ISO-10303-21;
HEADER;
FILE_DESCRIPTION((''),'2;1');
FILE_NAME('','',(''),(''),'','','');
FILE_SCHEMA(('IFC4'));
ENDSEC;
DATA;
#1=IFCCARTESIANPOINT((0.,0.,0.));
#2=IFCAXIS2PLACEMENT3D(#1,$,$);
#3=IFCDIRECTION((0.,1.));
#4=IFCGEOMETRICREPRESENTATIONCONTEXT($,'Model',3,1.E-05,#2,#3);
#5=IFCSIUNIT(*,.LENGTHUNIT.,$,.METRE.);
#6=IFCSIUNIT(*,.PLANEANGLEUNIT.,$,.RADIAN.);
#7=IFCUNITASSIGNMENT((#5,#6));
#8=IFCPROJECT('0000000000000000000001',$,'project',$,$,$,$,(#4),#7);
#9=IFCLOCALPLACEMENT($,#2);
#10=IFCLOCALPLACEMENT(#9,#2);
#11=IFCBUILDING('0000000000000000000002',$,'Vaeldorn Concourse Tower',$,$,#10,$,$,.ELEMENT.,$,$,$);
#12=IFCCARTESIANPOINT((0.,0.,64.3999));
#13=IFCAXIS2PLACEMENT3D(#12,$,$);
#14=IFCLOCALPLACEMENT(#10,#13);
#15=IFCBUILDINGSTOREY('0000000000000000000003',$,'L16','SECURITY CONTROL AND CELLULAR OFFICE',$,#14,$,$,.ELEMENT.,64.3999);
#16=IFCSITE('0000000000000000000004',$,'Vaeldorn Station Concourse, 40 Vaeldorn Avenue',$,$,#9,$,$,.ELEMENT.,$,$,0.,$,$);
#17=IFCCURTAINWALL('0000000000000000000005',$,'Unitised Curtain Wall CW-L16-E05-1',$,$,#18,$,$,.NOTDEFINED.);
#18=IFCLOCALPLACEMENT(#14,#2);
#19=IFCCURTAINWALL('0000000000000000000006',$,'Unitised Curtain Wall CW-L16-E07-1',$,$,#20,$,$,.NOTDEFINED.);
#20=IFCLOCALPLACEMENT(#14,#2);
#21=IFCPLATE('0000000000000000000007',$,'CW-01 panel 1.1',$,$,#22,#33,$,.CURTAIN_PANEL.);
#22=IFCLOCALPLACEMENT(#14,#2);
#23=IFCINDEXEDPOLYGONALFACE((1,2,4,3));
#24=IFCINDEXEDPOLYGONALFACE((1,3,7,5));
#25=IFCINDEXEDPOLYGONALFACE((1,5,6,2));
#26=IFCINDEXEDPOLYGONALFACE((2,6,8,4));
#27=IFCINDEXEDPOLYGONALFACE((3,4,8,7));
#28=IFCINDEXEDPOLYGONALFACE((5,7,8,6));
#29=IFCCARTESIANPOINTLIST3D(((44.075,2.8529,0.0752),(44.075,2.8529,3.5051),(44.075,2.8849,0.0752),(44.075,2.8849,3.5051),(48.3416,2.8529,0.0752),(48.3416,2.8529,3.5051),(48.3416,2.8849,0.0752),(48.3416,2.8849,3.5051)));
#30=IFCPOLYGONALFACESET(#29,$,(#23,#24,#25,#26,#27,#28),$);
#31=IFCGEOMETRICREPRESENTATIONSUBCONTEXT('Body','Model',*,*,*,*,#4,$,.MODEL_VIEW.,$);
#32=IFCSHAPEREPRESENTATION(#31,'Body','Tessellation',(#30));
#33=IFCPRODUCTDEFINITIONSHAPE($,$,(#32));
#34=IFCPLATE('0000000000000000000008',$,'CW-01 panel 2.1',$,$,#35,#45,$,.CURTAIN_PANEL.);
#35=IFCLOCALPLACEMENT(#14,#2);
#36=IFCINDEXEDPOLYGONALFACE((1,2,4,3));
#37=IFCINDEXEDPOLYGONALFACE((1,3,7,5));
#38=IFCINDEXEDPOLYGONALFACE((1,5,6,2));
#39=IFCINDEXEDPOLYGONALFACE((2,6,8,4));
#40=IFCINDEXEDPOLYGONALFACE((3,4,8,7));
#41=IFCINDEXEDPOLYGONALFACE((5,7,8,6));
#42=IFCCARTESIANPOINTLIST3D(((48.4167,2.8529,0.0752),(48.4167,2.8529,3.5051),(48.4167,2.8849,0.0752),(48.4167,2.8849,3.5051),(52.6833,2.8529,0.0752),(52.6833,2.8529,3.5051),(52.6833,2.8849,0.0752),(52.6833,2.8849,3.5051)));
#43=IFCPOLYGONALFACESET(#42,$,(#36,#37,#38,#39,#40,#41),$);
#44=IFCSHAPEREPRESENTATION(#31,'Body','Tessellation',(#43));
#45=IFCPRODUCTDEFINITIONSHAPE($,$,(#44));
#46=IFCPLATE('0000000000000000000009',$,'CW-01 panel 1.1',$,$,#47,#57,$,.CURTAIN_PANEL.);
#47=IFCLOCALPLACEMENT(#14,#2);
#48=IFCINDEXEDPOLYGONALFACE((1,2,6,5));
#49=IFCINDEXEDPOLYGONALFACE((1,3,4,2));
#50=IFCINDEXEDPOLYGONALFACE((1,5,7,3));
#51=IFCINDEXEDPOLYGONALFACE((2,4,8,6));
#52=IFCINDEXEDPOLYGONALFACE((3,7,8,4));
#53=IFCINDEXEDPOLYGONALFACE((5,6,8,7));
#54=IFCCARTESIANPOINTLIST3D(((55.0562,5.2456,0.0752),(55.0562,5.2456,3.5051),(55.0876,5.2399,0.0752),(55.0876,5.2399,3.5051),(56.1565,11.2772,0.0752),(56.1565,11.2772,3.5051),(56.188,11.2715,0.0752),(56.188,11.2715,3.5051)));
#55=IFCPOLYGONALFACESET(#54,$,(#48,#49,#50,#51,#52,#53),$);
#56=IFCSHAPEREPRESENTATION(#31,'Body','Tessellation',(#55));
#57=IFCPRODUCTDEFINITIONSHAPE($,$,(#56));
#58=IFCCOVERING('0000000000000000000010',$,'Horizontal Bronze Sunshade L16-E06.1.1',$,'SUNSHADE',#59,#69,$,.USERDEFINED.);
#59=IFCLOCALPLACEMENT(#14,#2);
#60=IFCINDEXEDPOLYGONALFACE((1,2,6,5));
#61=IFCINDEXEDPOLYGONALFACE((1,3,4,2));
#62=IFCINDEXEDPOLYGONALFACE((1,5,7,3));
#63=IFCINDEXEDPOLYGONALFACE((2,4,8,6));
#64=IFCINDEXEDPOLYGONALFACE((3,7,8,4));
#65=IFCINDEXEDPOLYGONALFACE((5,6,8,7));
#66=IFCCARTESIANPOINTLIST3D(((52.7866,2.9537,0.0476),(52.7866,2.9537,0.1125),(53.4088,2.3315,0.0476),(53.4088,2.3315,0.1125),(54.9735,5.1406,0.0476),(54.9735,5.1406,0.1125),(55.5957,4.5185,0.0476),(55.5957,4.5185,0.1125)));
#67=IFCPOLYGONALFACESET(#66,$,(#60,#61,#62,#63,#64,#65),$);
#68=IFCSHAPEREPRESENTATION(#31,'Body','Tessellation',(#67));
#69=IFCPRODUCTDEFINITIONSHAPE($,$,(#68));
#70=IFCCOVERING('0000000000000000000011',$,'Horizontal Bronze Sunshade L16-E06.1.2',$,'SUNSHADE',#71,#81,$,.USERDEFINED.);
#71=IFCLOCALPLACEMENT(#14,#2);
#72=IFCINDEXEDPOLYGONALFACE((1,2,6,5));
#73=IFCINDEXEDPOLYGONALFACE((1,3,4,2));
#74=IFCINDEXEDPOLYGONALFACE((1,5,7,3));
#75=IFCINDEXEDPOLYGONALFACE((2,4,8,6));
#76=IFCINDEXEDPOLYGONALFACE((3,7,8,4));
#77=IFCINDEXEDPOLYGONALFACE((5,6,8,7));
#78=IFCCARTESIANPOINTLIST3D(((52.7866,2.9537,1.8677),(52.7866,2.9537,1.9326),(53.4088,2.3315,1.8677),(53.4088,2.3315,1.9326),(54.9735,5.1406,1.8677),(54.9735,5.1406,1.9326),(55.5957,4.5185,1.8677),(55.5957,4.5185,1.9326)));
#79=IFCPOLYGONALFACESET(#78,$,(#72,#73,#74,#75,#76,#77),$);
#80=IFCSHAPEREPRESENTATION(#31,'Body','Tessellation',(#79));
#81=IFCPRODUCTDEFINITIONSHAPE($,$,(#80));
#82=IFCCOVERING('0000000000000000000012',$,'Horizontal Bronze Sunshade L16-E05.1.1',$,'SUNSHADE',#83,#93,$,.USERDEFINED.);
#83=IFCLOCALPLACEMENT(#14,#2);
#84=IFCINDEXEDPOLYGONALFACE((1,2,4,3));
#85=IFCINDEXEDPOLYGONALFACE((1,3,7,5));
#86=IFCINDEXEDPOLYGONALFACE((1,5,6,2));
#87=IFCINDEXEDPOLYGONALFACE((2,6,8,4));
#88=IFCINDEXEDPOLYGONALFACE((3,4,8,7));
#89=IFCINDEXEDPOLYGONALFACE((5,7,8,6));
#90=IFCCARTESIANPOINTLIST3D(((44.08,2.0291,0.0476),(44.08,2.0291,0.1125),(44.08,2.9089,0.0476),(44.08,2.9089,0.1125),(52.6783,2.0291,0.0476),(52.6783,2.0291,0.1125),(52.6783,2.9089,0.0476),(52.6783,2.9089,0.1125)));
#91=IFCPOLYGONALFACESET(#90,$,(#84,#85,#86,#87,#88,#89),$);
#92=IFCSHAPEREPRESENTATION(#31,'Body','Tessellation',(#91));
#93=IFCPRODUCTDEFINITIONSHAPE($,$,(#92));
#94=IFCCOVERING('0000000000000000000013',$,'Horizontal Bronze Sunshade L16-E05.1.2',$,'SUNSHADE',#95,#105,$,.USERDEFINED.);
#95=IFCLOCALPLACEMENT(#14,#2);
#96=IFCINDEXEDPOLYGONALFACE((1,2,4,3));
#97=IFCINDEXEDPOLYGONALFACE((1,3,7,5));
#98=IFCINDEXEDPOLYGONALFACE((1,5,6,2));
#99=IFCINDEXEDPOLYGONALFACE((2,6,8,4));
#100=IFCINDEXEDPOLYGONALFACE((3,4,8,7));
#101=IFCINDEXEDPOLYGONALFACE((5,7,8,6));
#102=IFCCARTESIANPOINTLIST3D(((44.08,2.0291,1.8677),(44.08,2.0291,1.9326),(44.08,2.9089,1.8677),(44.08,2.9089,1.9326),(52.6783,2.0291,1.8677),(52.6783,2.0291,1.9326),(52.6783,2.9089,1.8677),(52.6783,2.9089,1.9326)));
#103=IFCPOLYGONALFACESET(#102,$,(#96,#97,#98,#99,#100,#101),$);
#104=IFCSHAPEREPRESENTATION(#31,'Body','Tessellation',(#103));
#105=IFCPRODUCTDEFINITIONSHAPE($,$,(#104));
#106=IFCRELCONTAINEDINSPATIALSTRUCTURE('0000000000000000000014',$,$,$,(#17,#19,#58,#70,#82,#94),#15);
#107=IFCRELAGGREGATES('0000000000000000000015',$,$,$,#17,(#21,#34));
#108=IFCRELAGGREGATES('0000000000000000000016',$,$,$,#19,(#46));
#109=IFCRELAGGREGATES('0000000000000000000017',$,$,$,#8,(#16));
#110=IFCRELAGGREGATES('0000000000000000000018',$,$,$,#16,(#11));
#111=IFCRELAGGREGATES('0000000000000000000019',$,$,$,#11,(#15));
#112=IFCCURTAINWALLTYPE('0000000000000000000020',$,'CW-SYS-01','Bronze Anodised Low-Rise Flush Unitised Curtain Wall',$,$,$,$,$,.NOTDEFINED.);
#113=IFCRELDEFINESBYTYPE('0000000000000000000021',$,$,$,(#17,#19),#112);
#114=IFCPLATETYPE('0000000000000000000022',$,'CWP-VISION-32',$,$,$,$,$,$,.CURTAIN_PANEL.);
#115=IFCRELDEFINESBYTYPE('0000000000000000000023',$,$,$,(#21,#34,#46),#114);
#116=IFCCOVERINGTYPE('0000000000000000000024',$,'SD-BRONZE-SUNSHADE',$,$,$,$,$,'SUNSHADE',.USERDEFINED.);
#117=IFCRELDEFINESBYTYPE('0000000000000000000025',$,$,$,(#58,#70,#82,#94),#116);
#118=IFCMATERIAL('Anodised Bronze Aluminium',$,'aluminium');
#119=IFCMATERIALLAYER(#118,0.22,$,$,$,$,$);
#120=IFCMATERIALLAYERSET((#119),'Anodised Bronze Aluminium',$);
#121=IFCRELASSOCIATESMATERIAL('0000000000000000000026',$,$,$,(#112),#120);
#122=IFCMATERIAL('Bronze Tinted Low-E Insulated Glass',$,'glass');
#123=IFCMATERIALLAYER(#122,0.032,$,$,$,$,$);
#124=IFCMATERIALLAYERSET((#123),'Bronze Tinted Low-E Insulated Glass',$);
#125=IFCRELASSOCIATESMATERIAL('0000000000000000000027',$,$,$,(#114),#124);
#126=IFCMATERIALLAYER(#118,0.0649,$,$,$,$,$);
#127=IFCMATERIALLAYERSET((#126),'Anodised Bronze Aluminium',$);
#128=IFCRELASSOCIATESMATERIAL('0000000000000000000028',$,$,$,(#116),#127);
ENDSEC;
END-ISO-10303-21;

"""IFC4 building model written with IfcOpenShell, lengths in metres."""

from ifc_helpers import new_model, si_unit, direction, frame, origin, origin_2d, place, context, subcontext, project, spatial, rectangle, extrude, source, transform, mapped, material, layer, layer_set, type_object, element, aggregate, save


model = new_model("IFC4")

# Units and contexts
model_context = context("Model", 3, precision=1e-05, world=origin(), true_north=direction((0.0, 1.0)))
body_context = subcontext(model_context, "Body", "Model", "MODEL_VIEW")
ifc_project = project(units=[si_unit("LENGTHUNIT", "METRE"), si_unit("PLANEANGLEUNIT", "RADIAN")], contexts=[model_context])

# Site, building, storey
site_placement = place(None, origin())
site = spatial("IfcSite", under=ifc_project, at=site_placement, Name="Vaeldorn Station Concourse, 40 Vaeldorn Avenue", CompositionType="ELEMENT", RefElevation=0.0)
building_placement = place(site_placement, origin())
building = spatial("IfcBuilding", under=site, at=building_placement, Name="Vaeldorn Concourse Tower", CompositionType="ELEMENT")
storey_placement = place(building_placement, frame((0.0, 0.0, 64.3999)))
storey = spatial("IfcBuildingStorey", under=building, at=storey_placement, Name="L16", Description="SECURITY CONTROL AND CELLULAR OFFICE", CompositionType="ELEMENT", Elevation=64.3999)

# Curtain wall
ifc_material_1 = material(Name="Anodised Bronze Aluminium", Category="aluminium")
ifc_layer_1 = layer(ifc_material_1, 0.22)
ifc_layer_set_1 = layer_set([ifc_layer_1], Name="Anodised Bronze Aluminium")
curtain_wall_type = type_object("IfcCurtainWallType", Name="CW-SYS-01", Description="Bronze Anodised Low-Rise Flush Unitised Curtain Wall", PredefinedType="NOTDEFINED", material=ifc_layer_set_1)
curtain_wall_1_placement = place(storey_placement, origin())
curtain_wall_1 = element("IfcCurtainWall", 1, at=curtain_wall_1_placement, inside=storey, type_object=curtain_wall_type, Name="Unitised Curtain Wall CW-L16-E05-1", PredefinedType="NOTDEFINED")

# Curtain wall
curtain_wall_2_placement = place(storey_placement, origin())
curtain_wall_2 = element("IfcCurtainWall", 2, at=curtain_wall_2_placement, inside=storey, type_object=curtain_wall_type, Name="Unitised Curtain Wall CW-L16-E07-1", PredefinedType="NOTDEFINED")

# Plates
ifc_material_2 = material(Name="Bronze Tinted Low-E Insulated Glass", Category="glass")
ifc_layer_2 = layer(ifc_material_2, 0.032)
ifc_layer_set_2 = layer_set([ifc_layer_2], Name="Bronze Tinted Low-E Insulated Glass")
plate_type = type_object("IfcPlateType", Name="CWP-VISION-32", PredefinedType="CURTAIN_PANEL", material=ifc_layer_set_2)
shared_shape_1 = source(origin(), body_context, "Body", "SweptSolid", [
    extrude(rectangle(XDim=4.2666, YDim=0.032, at=origin_2d()), origin(), (0.0, 0.0, 1.0), 3.4299),
])
plate_1_placement = place(storey_placement, frame((46.2083, 2.8689, 0.0752), z_axis=(0.0, 0.0, 1.0), x_axis=(1.0, 0.0, 0.0)))
plate_1 = element("IfcPlate", 3, at=plate_1_placement, type_object=plate_type, Name="CW-01 panel 1.1", PredefinedType="CURTAIN_PANEL", context=body_context, shape_type="MappedRepresentation", body=[
    mapped(shared_shape_1, transform((0.0, 0.0, 0.0), scale=1.0)),
])
plate_2_placement = place(storey_placement, frame((50.55, 2.8689, 0.0752), z_axis=(0.0, 0.0, 1.0), x_axis=(1.0, 0.0, 0.0)))
plate_2 = element("IfcPlate", 4, at=plate_2_placement, type_object=plate_type, Name="CW-01 panel 2.1", PredefinedType="CURTAIN_PANEL", context=body_context, shape_type="MappedRepresentation", body=[
    mapped(shared_shape_1, transform((0.0, 0.0, 0.0), scale=1.0)),
])
aggregate(curtain_wall_1, [plate_1, plate_2])
shared_shape_2 = source(origin(), body_context, "Body", "SweptSolid", [
    extrude(rectangle(XDim=6.1311, YDim=0.032, at=origin_2d()), origin(), (0.0, 0.0, 1.0), 3.4299),
])
plate_3_placement = place(storey_placement, frame((55.6221, 8.2585, 0.0752), z_axis=(0.0, 0.0, 1.0), x_axis=(0.179474, 0.983763, 0.0)))
plate_3 = element("IfcPlate", 5, at=plate_3_placement, type_object=plate_type, Name="CW-01 panel 1.1", PredefinedType="CURTAIN_PANEL", context=body_context, shape_type="MappedRepresentation", body=[
    mapped(shared_shape_2, transform((0.0, 0.0, 0.0), scale=1.0)),
])
aggregate(curtain_wall_2, [plate_3])

# Coverings
ifc_layer_3 = layer(ifc_material_1, 0.0649)
ifc_layer_set_3 = layer_set([ifc_layer_3], Name="Anodised Bronze Aluminium")
covering_type = type_object("IfcCoveringType", Name="SD-BRONZE-SUNSHADE", ElementType="SUNSHADE", PredefinedType="USERDEFINED", material=ifc_layer_set_3)
shared_shape_3 = source(origin(), body_context, "Body", "SweptSolid", [
    extrude(rectangle(XDim=3.0928, YDim=0.8799, at=origin_2d()), origin(), (0.0, 0.0, 1.0), 0.0649),
])
for number, where, z_axis, x_axis, name in (
    (6, (54.1912, 3.7361, 0.0476), (0.0, 0.0, 1.0), (0.707107, 0.707107, 0.0), "Horizontal Bronze Sunshade L16-E06.1.1"),
    (7, (54.1912, 3.7361, 1.8677), (0.0, 0.0, 1.0), (0.707107, 0.707107, 0.0), "Horizontal Bronze Sunshade L16-E06.1.2"),
):
    element("IfcCovering", number, at=place(storey_placement, frame(where, z_axis=z_axis, x_axis=x_axis)), inside=storey, type_object=covering_type, Name=name, ObjectType="SUNSHADE", PredefinedType="USERDEFINED", context=body_context, shape_type="MappedRepresentation", body=[
        mapped(shared_shape_3, transform((0.0, 0.0, 0.0), scale=1.0)),
    ])
shared_shape_4 = source(origin(), body_context, "Body", "SweptSolid", [
    extrude(rectangle(XDim=8.5984, YDim=0.8799, at=origin_2d()), origin(), (0.0, 0.0, 1.0), 0.0649),
])
for number, where, z_axis, x_axis, name in (
    (8, (48.3792, 2.469, 0.0476), (0.0, 0.0, 1.0), (1.0, 0.0, 0.0), "Horizontal Bronze Sunshade L16-E05.1.1"),
    (9, (48.3792, 2.469, 1.8677), (0.0, 0.0, 1.0), (1.0, 0.0, 0.0), "Horizontal Bronze Sunshade L16-E05.1.2"),
):
    element("IfcCovering", number, at=place(storey_placement, frame(where, z_axis=z_axis, x_axis=x_axis)), inside=storey, type_object=covering_type, Name=name, ObjectType="SUNSHADE", PredefinedType="USERDEFINED", context=body_context, shape_type="MappedRepresentation", body=[
        mapped(shared_shape_4, transform((0.0, 0.0, 0.0), scale=1.0)),
    ])

save(model, "model.ifc")
